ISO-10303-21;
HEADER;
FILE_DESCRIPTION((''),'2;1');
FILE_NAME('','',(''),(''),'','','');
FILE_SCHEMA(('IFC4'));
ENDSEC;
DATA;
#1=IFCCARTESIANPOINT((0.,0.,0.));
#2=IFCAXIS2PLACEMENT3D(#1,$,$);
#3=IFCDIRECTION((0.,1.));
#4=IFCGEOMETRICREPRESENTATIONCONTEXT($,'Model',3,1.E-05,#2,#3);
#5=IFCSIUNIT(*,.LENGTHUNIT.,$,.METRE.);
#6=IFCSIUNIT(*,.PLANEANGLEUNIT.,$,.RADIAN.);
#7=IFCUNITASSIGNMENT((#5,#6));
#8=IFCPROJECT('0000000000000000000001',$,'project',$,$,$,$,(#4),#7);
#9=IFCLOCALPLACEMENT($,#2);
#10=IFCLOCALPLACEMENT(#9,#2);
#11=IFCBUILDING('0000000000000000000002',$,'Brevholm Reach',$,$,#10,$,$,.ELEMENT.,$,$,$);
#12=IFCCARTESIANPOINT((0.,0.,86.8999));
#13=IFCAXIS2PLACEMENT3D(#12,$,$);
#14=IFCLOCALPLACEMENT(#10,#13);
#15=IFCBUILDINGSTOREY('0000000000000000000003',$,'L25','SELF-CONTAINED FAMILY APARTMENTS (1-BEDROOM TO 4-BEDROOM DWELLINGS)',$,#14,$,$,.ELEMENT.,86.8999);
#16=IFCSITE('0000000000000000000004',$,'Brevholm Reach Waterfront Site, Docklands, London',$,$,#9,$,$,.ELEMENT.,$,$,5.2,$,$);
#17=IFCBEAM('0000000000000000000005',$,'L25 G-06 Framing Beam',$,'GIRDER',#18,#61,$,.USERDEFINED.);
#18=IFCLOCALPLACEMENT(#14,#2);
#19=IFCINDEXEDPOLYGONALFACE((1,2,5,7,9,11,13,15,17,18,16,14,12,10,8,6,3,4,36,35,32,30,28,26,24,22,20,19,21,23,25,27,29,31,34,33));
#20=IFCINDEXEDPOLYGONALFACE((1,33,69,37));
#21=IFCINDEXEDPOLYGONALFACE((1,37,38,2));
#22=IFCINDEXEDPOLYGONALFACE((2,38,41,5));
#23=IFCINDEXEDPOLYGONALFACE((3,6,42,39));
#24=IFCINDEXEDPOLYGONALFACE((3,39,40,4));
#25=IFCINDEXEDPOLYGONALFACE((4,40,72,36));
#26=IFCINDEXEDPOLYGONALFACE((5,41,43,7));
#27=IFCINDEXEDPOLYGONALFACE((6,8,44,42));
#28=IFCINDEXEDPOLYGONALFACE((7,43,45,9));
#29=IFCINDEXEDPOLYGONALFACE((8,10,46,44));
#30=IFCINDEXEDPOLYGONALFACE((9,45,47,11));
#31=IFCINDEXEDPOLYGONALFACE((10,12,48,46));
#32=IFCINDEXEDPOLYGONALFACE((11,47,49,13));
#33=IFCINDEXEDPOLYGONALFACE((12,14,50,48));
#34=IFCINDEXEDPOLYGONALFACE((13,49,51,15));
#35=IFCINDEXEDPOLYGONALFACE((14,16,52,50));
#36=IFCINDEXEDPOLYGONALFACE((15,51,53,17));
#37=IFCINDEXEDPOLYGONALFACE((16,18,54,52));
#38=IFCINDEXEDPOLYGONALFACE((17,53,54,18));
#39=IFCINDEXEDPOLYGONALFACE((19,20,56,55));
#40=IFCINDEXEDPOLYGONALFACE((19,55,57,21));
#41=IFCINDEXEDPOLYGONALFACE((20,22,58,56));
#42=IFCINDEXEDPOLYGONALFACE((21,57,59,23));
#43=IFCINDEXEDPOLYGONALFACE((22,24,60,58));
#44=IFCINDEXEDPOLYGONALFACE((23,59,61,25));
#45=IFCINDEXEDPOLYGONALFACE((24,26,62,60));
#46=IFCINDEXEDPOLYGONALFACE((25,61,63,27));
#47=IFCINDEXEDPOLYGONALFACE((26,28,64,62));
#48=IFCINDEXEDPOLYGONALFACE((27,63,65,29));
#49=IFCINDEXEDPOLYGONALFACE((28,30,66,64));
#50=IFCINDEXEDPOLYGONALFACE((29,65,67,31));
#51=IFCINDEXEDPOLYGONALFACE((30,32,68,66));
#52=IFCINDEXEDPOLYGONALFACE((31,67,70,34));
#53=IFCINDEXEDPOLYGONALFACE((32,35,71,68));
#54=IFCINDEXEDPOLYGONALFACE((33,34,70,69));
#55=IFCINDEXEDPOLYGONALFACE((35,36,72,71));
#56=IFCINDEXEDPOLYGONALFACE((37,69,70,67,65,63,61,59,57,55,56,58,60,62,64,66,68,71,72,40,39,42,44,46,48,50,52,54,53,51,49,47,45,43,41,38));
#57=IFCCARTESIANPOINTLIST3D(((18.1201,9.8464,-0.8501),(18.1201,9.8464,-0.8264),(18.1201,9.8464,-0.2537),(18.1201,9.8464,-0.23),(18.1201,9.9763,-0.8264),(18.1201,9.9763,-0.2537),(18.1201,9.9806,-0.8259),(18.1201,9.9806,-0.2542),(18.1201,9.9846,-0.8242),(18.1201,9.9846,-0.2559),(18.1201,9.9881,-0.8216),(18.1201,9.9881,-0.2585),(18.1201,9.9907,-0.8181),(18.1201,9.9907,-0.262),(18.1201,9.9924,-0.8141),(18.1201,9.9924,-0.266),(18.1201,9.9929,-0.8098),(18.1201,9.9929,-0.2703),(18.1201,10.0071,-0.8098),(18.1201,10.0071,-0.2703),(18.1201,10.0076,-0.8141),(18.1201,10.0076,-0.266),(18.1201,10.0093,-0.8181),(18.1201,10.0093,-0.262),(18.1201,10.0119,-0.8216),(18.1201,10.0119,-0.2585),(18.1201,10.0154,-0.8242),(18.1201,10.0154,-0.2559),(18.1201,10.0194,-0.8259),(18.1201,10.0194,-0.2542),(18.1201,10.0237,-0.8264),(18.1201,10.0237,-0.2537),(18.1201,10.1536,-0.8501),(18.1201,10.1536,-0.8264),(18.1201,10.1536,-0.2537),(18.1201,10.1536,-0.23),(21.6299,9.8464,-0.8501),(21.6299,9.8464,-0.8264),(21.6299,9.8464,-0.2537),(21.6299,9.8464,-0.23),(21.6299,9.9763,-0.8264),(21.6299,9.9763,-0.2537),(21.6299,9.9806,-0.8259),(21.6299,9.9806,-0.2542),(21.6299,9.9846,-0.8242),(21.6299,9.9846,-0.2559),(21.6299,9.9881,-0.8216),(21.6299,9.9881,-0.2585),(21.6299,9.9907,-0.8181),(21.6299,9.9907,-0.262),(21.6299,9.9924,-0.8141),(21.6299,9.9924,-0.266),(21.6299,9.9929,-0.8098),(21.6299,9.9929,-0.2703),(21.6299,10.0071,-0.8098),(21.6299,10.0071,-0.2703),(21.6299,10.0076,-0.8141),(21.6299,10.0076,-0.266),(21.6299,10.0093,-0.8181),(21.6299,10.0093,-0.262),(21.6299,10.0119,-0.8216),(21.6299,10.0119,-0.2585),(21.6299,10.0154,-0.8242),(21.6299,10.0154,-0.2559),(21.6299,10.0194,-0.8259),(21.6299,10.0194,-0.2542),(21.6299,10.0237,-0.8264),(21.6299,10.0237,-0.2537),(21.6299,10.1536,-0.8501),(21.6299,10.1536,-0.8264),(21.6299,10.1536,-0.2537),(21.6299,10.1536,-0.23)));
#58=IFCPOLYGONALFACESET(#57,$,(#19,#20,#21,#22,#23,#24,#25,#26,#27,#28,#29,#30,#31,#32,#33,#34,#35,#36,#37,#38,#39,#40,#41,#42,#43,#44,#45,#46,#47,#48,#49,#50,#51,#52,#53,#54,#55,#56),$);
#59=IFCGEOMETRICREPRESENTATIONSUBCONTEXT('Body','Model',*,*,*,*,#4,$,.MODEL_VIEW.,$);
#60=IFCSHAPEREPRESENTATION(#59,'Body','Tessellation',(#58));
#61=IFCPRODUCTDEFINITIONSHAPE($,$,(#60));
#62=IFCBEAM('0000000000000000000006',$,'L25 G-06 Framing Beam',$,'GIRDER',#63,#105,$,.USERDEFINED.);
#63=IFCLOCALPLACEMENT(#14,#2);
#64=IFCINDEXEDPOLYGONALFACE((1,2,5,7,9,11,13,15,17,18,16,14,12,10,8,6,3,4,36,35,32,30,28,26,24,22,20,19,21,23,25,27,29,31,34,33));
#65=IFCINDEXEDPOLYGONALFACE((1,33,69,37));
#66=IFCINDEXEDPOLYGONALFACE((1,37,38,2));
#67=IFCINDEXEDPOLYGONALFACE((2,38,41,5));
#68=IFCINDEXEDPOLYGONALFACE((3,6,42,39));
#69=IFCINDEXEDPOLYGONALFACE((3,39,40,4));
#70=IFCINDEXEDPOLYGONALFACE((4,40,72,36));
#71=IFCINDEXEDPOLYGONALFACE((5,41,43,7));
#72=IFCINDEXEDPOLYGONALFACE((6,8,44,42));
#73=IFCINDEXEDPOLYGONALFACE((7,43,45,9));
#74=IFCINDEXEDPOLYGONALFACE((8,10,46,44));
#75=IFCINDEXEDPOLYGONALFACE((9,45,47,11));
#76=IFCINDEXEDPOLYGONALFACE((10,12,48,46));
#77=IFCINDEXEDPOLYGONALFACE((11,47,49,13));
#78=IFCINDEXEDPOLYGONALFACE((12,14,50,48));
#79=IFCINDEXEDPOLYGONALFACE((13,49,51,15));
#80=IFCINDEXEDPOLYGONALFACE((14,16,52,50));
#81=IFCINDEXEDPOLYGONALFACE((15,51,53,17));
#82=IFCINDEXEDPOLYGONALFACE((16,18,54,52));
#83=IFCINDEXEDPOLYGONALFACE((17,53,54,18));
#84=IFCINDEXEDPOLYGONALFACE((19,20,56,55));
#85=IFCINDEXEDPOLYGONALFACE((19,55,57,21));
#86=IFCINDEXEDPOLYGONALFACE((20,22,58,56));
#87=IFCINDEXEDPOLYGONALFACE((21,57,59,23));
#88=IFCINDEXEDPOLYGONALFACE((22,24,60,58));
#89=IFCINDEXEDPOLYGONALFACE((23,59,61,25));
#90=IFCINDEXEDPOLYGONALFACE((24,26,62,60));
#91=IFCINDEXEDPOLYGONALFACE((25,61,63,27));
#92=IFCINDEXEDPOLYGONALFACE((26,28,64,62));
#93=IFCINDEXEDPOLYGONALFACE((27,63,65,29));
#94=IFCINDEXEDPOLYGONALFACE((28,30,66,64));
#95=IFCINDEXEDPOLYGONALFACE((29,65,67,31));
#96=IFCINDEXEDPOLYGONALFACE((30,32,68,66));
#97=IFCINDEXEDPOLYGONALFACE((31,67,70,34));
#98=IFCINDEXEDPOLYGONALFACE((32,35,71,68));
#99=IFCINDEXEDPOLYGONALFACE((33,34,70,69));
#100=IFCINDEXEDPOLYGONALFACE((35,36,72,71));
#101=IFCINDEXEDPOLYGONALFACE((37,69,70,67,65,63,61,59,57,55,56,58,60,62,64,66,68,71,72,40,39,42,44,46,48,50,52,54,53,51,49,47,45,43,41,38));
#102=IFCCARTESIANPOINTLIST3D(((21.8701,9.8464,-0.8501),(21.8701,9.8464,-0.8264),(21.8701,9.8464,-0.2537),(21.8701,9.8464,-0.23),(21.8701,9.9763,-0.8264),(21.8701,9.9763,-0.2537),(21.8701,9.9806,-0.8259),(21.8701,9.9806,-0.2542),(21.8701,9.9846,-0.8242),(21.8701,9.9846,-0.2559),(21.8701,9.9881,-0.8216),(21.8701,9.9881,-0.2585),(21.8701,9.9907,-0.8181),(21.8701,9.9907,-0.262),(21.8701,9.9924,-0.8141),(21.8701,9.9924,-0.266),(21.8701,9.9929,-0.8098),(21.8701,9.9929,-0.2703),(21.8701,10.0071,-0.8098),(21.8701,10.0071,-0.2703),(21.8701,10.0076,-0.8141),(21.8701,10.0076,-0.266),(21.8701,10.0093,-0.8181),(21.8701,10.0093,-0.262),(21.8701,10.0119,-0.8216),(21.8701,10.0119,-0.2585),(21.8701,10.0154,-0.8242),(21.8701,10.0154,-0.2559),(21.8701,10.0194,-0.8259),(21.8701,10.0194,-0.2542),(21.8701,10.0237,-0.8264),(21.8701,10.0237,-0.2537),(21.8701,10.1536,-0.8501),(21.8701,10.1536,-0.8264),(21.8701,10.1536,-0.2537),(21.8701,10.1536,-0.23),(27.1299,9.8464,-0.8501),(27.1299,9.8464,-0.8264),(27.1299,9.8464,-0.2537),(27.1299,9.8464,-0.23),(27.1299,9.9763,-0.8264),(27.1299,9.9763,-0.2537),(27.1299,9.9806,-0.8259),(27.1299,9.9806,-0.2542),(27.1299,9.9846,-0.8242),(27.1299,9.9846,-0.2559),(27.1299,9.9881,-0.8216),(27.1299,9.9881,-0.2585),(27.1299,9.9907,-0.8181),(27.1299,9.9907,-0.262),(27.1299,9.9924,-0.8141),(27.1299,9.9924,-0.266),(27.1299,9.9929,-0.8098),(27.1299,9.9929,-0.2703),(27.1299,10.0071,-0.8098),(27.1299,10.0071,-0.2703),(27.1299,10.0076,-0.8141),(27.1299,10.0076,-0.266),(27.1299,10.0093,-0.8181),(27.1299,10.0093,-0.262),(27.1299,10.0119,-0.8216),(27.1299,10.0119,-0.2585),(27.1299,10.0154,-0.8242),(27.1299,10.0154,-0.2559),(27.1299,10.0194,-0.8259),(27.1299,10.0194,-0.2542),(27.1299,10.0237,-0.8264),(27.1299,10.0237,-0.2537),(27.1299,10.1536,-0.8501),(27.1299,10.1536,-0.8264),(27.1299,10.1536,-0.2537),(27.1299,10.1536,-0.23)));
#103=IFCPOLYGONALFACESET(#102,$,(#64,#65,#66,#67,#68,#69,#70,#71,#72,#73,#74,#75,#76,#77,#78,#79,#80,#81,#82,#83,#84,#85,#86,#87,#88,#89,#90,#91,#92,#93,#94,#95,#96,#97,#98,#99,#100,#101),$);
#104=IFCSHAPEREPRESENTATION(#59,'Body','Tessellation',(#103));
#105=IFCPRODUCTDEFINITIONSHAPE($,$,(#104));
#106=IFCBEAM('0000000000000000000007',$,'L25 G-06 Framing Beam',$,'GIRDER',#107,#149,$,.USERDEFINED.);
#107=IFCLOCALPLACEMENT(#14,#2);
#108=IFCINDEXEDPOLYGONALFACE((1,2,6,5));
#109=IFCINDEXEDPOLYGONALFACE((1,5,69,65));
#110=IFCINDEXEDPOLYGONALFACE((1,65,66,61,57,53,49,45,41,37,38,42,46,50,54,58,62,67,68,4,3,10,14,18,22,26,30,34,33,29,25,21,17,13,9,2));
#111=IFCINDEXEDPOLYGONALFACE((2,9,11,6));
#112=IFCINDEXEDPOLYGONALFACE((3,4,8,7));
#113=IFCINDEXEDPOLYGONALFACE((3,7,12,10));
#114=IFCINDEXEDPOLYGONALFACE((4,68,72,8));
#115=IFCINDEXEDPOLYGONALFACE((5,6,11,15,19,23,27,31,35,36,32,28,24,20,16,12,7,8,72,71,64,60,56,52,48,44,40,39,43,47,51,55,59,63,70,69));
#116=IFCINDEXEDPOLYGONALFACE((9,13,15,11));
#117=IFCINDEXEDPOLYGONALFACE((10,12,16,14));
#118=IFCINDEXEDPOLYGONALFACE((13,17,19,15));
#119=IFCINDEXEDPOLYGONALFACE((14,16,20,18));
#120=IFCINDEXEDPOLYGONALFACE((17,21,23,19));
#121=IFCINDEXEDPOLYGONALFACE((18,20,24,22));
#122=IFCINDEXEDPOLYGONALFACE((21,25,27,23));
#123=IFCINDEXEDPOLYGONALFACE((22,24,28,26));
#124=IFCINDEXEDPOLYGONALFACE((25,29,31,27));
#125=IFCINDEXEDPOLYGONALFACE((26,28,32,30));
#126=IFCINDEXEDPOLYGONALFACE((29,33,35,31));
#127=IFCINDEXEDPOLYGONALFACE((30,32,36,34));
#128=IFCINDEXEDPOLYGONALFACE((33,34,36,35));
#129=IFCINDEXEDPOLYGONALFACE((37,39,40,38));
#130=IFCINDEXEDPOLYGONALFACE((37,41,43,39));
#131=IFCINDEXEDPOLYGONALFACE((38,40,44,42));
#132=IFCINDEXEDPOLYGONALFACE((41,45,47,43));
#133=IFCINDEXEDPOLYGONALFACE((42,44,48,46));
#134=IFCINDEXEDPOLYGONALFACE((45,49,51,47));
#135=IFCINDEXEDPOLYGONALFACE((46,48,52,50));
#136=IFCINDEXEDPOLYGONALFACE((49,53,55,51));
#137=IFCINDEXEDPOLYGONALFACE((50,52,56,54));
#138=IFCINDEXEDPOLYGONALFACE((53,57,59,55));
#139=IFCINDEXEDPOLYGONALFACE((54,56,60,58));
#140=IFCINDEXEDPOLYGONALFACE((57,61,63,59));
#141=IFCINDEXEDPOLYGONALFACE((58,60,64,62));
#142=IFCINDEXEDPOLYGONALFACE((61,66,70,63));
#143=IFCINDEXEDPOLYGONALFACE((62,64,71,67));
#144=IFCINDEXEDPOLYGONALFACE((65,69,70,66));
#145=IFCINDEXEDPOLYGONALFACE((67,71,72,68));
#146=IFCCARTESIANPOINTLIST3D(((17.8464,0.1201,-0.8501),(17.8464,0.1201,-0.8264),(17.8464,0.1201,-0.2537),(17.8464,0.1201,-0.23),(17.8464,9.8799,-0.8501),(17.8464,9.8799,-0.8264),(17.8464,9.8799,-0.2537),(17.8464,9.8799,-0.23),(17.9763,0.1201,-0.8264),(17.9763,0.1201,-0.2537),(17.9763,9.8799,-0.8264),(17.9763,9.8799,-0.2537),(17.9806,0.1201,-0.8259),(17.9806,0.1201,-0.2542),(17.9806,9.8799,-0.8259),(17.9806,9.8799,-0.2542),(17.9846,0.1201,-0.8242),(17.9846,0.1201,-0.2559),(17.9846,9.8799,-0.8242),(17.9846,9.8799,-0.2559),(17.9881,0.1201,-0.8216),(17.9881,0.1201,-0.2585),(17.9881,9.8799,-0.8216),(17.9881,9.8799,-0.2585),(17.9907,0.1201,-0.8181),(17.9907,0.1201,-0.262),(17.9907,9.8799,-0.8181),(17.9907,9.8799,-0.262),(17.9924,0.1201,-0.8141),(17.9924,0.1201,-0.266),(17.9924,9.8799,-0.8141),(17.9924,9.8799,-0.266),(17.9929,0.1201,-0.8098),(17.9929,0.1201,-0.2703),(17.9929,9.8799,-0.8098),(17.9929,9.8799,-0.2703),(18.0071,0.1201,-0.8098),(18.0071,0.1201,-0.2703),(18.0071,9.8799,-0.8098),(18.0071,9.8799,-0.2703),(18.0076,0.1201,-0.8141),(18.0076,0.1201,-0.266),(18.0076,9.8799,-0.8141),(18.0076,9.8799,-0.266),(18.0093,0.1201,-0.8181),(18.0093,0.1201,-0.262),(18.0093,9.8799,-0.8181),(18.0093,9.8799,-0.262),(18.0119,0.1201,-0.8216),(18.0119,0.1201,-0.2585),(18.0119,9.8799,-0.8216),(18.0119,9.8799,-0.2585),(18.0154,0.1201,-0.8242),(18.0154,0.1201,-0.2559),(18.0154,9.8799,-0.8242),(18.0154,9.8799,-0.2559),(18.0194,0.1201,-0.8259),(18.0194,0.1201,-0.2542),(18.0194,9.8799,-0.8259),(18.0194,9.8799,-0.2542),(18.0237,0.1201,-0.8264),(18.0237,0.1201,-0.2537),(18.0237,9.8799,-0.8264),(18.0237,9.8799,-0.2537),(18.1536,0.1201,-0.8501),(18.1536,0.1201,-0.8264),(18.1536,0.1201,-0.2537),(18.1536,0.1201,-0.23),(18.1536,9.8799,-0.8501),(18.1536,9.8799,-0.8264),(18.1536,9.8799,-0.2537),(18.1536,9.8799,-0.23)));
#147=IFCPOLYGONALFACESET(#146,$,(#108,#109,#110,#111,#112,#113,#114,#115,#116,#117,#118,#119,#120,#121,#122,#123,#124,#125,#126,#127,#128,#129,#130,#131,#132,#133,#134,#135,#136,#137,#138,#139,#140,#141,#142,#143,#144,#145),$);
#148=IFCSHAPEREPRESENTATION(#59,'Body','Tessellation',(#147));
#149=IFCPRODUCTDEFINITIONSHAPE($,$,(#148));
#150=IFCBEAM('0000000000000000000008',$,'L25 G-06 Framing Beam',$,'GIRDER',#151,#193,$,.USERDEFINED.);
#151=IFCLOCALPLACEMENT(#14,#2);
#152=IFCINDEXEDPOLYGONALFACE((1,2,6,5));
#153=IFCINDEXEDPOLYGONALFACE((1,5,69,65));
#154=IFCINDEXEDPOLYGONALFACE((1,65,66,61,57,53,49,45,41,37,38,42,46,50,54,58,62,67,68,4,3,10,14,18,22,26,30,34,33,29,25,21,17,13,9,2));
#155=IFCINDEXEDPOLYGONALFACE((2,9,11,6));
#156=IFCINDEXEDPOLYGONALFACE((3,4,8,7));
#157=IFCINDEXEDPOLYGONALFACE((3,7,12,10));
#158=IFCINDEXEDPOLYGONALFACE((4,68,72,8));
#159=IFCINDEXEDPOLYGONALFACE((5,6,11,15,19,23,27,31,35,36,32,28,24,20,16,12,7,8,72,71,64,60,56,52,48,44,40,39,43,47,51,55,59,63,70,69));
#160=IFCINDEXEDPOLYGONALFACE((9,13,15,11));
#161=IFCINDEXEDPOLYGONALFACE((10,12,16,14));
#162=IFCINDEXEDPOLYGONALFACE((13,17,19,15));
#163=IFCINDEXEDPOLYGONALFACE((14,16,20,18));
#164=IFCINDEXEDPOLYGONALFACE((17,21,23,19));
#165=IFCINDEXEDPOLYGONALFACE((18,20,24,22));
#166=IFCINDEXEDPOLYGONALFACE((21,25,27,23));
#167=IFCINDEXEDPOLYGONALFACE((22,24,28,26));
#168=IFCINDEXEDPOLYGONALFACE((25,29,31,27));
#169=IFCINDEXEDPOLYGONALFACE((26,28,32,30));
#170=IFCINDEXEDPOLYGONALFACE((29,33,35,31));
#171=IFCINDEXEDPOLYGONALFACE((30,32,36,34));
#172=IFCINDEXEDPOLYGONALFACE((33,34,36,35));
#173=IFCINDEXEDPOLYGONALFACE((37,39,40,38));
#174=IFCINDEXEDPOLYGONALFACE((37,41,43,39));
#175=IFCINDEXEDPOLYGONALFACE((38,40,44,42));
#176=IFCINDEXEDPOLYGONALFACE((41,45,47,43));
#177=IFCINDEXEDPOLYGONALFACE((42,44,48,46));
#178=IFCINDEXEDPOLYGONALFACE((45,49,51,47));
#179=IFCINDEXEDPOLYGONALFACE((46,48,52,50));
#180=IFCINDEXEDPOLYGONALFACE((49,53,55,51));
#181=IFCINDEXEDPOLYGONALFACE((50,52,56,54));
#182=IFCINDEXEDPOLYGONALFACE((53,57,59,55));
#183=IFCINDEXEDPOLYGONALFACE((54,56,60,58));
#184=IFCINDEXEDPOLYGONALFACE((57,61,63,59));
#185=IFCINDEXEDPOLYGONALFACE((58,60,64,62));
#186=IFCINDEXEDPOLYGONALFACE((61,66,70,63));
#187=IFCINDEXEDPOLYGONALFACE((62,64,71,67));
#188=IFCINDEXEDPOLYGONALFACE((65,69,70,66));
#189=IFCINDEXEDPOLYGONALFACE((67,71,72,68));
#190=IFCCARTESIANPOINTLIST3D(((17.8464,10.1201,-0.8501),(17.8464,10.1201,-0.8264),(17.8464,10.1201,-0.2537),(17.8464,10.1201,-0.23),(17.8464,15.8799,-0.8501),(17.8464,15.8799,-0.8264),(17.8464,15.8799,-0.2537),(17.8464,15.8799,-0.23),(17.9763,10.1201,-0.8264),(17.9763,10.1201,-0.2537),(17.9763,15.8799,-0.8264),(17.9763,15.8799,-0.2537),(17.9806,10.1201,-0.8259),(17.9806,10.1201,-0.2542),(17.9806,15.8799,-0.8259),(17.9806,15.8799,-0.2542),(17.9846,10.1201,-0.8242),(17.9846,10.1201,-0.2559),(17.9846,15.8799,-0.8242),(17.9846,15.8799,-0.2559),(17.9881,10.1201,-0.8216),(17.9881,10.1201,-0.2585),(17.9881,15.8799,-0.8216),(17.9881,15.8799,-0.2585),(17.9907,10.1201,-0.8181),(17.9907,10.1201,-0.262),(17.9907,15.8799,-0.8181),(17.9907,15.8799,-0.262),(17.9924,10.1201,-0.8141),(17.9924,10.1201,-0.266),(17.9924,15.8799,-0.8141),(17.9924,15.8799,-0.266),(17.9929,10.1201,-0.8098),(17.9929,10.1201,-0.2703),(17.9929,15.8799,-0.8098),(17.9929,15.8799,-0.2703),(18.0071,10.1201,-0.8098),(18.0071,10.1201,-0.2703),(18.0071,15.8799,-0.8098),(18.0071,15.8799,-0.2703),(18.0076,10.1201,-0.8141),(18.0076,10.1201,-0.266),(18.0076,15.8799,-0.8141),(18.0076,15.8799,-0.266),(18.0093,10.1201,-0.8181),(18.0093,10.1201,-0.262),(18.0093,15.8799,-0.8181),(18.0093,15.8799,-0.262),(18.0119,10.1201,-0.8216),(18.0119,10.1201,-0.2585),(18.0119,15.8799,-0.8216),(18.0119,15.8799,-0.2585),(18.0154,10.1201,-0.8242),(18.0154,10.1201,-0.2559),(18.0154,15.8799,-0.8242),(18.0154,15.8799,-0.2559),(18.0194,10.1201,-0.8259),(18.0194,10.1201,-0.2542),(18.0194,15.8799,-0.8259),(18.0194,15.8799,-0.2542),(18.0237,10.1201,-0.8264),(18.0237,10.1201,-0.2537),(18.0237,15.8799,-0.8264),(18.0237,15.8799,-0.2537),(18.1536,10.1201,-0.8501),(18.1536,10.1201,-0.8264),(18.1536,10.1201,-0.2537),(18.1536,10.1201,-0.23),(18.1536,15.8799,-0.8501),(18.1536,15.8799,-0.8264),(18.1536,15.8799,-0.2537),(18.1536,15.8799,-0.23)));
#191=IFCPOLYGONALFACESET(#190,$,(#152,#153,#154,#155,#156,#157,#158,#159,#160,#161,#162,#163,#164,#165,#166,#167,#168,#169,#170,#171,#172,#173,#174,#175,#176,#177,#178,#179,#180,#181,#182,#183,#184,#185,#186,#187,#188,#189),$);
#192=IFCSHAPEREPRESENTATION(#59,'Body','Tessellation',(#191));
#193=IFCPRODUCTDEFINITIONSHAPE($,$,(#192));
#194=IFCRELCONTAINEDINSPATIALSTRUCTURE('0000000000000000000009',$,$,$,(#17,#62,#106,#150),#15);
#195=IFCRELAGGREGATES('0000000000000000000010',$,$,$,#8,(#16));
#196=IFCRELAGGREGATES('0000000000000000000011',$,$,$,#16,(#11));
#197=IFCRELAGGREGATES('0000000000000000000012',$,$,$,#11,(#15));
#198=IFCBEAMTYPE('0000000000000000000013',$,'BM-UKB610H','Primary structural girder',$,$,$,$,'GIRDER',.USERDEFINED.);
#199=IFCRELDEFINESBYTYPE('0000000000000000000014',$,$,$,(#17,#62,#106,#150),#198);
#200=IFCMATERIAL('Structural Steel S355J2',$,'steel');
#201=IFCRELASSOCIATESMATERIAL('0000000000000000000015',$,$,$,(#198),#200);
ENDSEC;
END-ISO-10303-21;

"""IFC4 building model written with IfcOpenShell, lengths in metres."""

from ifc_helpers import new_model, si_unit, direction, frame, origin, origin_2d, place, context, subcontext, project, spatial, i_section, extrude, material, material_profile, profile_set, type_object, element, save


model = new_model("IFC4")

# Units and contexts
model_context = context("Model", 3, precision=1e-05, world=origin(), true_north=direction((0.0, 1.0)))
body_context = subcontext(model_context, "Body", "Model", "MODEL_VIEW")
ifc_project = project(units=[si_unit("LENGTHUNIT", "METRE"), si_unit("PLANEANGLEUNIT", "RADIAN")], contexts=[model_context])

# Site, building, storey
site_placement = place(None, origin())
site = spatial("IfcSite", under=ifc_project, at=site_placement, Name="Brevholm Reach Waterfront Site, Docklands, London", CompositionType="ELEMENT", RefElevation=5.2)
building_placement = place(site_placement, origin())
building = spatial("IfcBuilding", under=site, at=building_placement, Name="Brevholm Reach", CompositionType="ELEMENT")
storey_placement = place(building_placement, frame((0.0, 0.0, 86.8999)))
storey = spatial("IfcBuildingStorey", under=building, at=storey_placement, Name="L25", Description="SELF-CONTAINED FAMILY APARTMENTS (1-BEDROOM TO 4-BEDROOM DWELLINGS)", CompositionType="ELEMENT", Elevation=86.8999)

# Beams
ifc_material_1 = material(Name="Structural Steel S355J2", Category="steel")
ifc_material_profile_1 = material_profile(ifc_material_1, i_section(OverallWidth=0.3071, OverallDepth=0.6201, WebThickness=0.0142, FlangeThickness=0.0237, FilletRadius=0.0166, at=origin_2d()), Name="UKB 610x305x179")
ifc_profile_set_1 = profile_set([ifc_material_profile_1], Name="Structural Steel S355J2")
beam_type_1 = type_object("IfcBeamType", Name="BM-UKB610H", Description="Primary structural girder", ElementType="GIRDER", PredefinedType="USERDEFINED", material=ifc_profile_set_1)
beam_1_placement = place(storey_placement, frame((18.1201, 10.0, -0.54), z_axis=(1.0, 0.0, 0.0), x_axis=(0.0, 1.0, 0.0)))
element("IfcBeam", 1, at=beam_1_placement, inside=storey, type_object=beam_type_1, Name="L25 G-06 Framing Beam", ObjectType="GIRDER", PredefinedType="USERDEFINED", context=body_context, shape_type="SweptSolid", body=[
    extrude(i_section(OverallWidth=0.3071, OverallDepth=0.6201, WebThickness=0.0142, FlangeThickness=0.0237, FilletRadius=0.0166, at=origin_2d()), origin(), (0.0, 0.0, 1.0), 3.5098),
])
beam_2_placement = place(storey_placement, frame((21.8701, 10.0, -0.54), z_axis=(1.0, 0.0, 0.0), x_axis=(0.0, 1.0, 0.0)))
element("IfcBeam", 2, at=beam_2_placement, inside=storey, type_object=beam_type_1, Name="L25 G-06 Framing Beam", ObjectType="GIRDER", PredefinedType="USERDEFINED", context=body_context, shape_type="SweptSolid", body=[
    extrude(i_section(OverallWidth=0.3071, OverallDepth=0.6201, WebThickness=0.0142, FlangeThickness=0.0237, FilletRadius=0.0166, at=origin_2d()), origin(), (0.0, 0.0, 1.0), 5.2598),
])
beam_3_placement = place(storey_placement, frame((18.0, 0.1201, -0.54), z_axis=(0.0, 1.0, 0.0), x_axis=(-1.0, 0.0, 0.0)))
element("IfcBeam", 3, at=beam_3_placement, inside=storey, type_object=beam_type_1, Name="L25 G-06 Framing Beam", ObjectType="GIRDER", PredefinedType="USERDEFINED", context=body_context, shape_type="SweptSolid", body=[
    extrude(i_section(OverallWidth=0.3071, OverallDepth=0.6201, WebThickness=0.0142, FlangeThickness=0.0237, FilletRadius=0.0166, at=origin_2d()), origin(), (0.0, 0.0, 1.0), 9.7598),
])
beam_4_placement = place(storey_placement, frame((18.0, 10.1201, -0.54), z_axis=(0.0, 1.0, 0.0), x_axis=(-1.0, 0.0, 0.0)))
element("IfcBeam", 4, at=beam_4_placement, inside=storey, type_object=beam_type_1, Name="L25 G-06 Framing Beam", ObjectType="GIRDER", PredefinedType="USERDEFINED", context=body_context, shape_type="SweptSolid", body=[
    extrude(i_section(OverallWidth=0.3071, OverallDepth=0.6201, WebThickness=0.0142, FlangeThickness=0.0237, FilletRadius=0.0166, at=origin_2d()), origin(), (0.0, 0.0, 1.0), 5.7598),
])

save(model, "model.ifc")
